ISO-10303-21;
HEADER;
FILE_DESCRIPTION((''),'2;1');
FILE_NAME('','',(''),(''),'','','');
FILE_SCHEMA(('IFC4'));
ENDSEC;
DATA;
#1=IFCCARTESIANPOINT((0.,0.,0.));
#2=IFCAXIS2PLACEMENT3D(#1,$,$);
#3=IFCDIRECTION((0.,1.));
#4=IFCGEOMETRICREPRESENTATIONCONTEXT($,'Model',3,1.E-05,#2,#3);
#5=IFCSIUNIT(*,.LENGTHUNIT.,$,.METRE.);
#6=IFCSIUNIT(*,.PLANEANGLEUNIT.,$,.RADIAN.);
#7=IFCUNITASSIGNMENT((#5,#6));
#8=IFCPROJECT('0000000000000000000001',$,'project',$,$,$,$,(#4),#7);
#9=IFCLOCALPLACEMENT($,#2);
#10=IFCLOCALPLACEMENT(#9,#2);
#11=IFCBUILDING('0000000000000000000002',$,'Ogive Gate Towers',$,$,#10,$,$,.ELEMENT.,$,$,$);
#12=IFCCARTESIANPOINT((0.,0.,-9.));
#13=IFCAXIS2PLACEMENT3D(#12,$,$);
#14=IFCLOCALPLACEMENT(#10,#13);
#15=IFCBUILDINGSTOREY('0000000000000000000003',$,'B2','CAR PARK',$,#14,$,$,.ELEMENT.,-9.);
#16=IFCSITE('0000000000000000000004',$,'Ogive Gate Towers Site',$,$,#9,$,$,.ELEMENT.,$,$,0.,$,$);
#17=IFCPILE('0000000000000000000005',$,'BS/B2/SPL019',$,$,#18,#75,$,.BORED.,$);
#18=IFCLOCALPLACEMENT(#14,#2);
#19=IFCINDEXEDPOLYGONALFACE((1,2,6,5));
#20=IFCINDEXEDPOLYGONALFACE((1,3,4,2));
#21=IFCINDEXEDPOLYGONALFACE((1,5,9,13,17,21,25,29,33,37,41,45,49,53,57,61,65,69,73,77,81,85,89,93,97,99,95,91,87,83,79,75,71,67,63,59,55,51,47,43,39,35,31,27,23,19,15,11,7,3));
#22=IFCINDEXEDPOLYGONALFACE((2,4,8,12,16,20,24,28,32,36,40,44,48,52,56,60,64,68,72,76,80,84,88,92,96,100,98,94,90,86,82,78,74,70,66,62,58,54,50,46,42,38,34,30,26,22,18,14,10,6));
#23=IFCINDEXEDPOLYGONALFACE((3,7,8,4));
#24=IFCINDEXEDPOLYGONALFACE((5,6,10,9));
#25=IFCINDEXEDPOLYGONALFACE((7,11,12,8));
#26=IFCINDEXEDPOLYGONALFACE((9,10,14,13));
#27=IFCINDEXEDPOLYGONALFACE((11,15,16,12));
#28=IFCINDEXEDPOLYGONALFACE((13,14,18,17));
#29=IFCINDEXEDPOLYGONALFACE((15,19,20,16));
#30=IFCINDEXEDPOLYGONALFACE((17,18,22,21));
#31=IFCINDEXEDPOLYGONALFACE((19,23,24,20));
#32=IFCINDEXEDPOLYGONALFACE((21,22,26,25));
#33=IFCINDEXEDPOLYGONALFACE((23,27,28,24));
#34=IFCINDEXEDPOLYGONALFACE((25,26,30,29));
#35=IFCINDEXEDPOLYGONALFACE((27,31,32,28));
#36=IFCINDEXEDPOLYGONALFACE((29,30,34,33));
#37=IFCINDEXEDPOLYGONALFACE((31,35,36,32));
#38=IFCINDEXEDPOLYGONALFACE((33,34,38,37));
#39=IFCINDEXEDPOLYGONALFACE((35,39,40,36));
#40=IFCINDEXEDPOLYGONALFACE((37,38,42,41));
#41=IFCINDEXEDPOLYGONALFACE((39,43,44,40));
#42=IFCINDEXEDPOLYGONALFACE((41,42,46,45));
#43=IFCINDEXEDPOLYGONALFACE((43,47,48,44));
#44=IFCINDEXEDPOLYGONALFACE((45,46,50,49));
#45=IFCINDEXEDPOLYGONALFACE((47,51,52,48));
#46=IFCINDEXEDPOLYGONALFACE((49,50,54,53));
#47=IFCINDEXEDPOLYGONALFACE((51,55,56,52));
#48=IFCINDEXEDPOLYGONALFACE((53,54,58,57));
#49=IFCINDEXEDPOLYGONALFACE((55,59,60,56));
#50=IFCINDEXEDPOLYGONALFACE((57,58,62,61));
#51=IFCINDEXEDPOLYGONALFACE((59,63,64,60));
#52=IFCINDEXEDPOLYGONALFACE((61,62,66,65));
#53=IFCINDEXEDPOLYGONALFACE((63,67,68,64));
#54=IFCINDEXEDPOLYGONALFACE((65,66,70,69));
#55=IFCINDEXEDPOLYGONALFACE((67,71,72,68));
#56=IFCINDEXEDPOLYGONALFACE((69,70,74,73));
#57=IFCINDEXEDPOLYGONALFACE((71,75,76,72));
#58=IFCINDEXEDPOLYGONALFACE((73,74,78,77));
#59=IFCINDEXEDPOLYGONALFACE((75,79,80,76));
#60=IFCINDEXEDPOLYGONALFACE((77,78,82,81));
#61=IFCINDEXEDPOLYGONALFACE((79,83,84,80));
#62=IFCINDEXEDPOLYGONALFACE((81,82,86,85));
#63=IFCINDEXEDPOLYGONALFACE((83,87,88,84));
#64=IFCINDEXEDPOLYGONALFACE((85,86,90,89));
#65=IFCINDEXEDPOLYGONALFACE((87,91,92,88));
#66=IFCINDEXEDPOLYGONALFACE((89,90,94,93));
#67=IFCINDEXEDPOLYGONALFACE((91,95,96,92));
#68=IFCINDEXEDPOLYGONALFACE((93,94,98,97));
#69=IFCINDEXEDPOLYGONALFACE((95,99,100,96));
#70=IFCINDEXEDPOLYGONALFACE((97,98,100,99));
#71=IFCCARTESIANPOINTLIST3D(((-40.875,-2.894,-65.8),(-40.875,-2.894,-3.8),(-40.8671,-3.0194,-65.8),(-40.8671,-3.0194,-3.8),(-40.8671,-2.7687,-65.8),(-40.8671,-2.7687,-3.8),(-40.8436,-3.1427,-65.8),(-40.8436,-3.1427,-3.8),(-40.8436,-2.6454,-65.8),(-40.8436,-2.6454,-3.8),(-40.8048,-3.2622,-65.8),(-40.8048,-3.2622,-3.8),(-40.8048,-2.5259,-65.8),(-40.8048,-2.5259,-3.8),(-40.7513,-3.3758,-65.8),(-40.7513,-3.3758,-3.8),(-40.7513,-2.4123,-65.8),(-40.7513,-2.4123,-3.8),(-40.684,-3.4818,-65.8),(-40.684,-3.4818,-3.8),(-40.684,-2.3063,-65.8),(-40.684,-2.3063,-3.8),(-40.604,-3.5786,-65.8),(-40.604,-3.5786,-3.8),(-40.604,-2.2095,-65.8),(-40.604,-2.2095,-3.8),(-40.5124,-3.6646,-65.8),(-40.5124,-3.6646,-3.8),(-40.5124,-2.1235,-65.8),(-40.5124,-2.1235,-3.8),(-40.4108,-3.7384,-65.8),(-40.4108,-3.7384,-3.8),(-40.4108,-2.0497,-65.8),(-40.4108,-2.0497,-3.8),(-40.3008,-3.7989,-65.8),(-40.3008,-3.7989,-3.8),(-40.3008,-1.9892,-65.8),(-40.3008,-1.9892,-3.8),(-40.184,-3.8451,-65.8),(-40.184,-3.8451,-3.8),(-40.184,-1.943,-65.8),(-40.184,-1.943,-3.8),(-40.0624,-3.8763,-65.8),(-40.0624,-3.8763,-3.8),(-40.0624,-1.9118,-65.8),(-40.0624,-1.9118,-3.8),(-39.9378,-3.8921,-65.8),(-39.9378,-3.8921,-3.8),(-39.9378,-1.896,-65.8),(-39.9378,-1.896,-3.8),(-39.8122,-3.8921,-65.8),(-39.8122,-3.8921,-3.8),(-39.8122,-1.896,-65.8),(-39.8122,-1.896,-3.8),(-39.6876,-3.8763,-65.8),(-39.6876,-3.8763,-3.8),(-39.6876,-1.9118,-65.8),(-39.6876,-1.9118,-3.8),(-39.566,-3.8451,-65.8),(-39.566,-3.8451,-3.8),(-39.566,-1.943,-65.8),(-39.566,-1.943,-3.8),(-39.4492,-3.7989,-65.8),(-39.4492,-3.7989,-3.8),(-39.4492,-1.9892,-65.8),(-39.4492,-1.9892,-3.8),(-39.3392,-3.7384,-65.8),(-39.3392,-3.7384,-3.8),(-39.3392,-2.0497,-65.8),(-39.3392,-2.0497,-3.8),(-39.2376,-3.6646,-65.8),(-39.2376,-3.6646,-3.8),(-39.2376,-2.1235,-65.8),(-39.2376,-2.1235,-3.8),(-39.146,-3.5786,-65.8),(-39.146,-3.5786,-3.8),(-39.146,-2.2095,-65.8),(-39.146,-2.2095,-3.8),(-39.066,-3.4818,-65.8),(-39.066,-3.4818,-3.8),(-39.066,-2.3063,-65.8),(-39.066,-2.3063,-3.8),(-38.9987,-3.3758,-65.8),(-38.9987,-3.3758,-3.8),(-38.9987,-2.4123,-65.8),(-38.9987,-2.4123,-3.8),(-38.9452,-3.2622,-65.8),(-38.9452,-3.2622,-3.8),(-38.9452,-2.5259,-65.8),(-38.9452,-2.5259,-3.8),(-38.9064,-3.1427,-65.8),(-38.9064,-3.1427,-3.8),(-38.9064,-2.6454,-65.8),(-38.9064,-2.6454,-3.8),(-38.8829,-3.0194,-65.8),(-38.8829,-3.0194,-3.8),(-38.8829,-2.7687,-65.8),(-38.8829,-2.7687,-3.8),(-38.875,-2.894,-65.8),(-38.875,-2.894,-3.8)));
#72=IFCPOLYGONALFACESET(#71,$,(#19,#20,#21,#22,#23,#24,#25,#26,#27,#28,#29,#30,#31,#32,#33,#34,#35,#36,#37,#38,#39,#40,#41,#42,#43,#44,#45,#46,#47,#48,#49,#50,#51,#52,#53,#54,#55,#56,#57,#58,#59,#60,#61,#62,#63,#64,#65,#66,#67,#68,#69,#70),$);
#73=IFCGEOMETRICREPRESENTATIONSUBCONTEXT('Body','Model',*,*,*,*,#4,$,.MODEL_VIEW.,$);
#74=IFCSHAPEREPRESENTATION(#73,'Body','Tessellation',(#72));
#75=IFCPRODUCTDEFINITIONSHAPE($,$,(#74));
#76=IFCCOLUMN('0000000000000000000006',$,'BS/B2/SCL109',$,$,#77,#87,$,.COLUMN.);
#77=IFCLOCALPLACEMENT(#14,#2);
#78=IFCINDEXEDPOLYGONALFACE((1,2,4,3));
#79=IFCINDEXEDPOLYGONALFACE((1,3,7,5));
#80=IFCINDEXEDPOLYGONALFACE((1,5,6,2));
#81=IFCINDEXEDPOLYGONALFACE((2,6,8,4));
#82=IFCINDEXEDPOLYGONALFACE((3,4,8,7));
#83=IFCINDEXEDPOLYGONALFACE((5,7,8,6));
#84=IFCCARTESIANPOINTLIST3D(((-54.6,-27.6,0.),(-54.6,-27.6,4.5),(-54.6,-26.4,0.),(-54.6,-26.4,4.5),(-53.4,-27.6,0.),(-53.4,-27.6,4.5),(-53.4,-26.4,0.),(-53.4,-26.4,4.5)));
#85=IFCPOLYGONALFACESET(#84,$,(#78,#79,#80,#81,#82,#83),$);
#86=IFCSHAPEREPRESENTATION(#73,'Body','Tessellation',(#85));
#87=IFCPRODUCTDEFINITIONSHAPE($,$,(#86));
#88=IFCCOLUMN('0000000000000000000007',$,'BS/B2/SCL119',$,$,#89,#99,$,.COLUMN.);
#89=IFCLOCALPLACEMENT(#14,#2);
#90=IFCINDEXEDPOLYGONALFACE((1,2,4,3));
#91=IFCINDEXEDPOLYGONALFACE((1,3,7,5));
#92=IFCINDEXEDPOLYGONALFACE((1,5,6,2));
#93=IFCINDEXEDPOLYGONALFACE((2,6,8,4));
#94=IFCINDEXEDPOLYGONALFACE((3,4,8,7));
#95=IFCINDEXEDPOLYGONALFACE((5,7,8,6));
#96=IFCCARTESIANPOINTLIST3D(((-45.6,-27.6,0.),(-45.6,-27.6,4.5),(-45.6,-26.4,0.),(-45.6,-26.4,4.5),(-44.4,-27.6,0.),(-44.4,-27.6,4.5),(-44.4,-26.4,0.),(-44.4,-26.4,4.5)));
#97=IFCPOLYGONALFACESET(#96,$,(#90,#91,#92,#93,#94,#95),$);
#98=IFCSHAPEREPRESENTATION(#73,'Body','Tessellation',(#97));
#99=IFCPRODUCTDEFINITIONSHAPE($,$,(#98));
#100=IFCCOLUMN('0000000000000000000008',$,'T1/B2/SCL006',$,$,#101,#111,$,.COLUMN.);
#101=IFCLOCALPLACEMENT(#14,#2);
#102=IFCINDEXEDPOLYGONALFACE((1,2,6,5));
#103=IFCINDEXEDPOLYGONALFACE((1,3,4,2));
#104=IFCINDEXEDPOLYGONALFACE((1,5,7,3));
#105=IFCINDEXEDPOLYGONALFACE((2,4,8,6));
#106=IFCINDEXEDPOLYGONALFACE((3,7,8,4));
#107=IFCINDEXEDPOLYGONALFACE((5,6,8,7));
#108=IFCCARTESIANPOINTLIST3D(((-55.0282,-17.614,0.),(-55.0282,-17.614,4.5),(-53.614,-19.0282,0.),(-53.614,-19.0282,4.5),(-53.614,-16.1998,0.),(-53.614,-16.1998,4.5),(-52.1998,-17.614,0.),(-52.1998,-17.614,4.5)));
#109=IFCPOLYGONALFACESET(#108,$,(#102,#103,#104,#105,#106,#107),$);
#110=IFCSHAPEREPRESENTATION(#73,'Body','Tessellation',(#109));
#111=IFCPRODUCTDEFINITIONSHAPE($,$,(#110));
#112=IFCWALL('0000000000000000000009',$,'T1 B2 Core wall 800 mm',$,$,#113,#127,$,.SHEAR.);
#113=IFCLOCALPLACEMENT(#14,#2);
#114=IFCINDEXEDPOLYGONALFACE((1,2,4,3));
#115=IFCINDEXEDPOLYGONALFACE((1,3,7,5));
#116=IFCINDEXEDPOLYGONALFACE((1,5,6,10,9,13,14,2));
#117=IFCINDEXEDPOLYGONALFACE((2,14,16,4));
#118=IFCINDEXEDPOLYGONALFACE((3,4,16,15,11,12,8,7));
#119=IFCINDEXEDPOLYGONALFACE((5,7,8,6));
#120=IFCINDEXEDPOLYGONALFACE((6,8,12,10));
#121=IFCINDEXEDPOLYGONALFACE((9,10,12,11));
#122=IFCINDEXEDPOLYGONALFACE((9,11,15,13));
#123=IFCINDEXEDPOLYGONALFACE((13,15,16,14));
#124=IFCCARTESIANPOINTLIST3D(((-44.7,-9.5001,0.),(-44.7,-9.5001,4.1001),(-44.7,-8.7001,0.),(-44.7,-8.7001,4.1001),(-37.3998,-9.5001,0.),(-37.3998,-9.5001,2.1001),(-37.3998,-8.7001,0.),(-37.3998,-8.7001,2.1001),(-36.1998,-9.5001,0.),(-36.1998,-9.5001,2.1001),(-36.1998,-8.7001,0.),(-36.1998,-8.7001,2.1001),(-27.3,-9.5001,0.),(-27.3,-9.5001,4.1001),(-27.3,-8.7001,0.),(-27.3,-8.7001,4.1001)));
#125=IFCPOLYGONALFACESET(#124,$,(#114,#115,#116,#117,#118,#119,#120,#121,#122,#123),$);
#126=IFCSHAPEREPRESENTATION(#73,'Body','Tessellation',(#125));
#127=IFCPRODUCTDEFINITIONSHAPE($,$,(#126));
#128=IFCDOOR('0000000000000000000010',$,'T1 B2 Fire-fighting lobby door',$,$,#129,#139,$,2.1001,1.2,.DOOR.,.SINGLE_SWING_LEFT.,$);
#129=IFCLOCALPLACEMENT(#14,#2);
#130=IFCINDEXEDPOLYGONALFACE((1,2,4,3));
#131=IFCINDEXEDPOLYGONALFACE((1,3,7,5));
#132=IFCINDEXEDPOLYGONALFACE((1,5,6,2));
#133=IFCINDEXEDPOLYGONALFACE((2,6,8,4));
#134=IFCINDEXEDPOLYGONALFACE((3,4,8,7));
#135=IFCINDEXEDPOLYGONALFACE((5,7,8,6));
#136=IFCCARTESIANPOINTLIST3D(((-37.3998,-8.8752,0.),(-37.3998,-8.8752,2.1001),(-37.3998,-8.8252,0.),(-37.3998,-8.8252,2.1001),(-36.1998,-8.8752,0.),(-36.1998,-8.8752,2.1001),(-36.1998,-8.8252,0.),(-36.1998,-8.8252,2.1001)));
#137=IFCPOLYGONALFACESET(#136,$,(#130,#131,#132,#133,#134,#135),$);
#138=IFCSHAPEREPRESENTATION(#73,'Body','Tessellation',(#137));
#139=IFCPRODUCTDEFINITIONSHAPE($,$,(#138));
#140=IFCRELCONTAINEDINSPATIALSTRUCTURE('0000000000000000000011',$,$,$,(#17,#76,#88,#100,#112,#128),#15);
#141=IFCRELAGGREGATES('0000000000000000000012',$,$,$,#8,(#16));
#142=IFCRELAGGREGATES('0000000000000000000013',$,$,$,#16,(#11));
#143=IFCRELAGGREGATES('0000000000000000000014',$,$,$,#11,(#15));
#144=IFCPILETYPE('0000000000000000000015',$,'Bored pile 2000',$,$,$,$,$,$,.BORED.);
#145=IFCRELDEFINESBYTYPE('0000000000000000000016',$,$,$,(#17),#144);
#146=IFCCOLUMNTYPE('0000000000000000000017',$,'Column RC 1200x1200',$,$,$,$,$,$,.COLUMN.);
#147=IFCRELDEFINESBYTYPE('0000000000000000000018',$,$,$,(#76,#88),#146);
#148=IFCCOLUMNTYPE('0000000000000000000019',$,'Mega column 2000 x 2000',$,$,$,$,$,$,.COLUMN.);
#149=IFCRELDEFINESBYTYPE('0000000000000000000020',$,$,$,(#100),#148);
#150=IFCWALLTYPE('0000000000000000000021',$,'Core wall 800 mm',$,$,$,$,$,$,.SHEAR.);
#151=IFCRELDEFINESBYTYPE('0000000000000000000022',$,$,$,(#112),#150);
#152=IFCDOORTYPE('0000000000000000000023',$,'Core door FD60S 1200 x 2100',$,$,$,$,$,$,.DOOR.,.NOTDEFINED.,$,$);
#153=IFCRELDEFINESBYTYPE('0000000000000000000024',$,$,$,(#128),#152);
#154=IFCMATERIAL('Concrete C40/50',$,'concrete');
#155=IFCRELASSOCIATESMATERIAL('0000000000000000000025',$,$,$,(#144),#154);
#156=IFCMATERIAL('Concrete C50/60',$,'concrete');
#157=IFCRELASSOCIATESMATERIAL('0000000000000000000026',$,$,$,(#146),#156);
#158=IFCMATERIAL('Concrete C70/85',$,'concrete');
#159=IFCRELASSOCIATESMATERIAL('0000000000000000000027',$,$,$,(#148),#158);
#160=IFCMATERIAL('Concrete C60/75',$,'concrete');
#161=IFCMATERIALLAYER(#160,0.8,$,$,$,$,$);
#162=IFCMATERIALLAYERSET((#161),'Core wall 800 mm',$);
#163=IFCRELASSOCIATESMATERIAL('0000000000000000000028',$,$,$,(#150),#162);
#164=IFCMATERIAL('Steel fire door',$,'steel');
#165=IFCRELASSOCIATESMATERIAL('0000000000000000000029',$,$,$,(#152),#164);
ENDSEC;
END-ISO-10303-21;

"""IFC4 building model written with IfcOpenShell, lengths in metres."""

from ifc_helpers import new_model, si_unit, direction, frame, frame_2d, origin, origin_2d, place, context, subcontext, project, spatial, rectangle, circle, extrude, material, layer, layer_set, material_profile, profile_set, type_object, element, fill, save


model = new_model("IFC4")

# Units and contexts
model_context = context("Model", 3, precision=1e-05, world=origin(), true_north=direction((0.0, 1.0)))
body_context = subcontext(model_context, "Body", "Model", "MODEL_VIEW")
ifc_project = project(units=[si_unit("LENGTHUNIT", "METRE"), si_unit("PLANEANGLEUNIT", "RADIAN")], contexts=[model_context])

# Site, building, storey
site_placement = place(None, origin())
site = spatial("IfcSite", under=ifc_project, at=site_placement, Name="Ogive Gate Towers Site", CompositionType="ELEMENT", RefElevation=0.0)
building_placement = place(site_placement, origin())
building = spatial("IfcBuilding", under=site, at=building_placement, Name="Ogive Gate Towers", CompositionType="ELEMENT")
storey_placement = place(building_placement, frame((0.0, 0.0, -9.0)))
storey = spatial("IfcBuildingStorey", under=building, at=storey_placement, Name="B2", Description="CAR PARK", CompositionType="ELEMENT", Elevation=-9.0)

# Pile
ifc_material_1 = material(Name="Concrete C40/50", Category="concrete")
ifc_material_profile_1 = material_profile(ifc_material_1, circle(Radius=1.0, at=origin_2d()), Name="BP 2000")
ifc_profile_set_1 = profile_set([ifc_material_profile_1], Name="Concrete C40/50")
pile_type_1 = type_object("IfcPileType", Name="Bored pile 2000", PredefinedType="BORED", material=ifc_profile_set_1)
for number, where, z_axis, x_axis, name in (
    (1, (-39.875, -2.894, -3.8), (0.0, 0.0, -1.0), (1.0, 0.0, 0.0), "BS/B2/SPL019"),
):
    element("IfcPile", number, at=place(storey_placement, frame(where, z_axis=z_axis, x_axis=x_axis)), inside=storey, type_object=pile_type_1, Name=name, PredefinedType="BORED", context=body_context, shape_type="SweptSolid", body=[
        extrude(circle(Radius=1.0, at=origin_2d()), origin(), (0.0, 0.0, 1.0), 62.0),
    ])

# Columns
ifc_material_2 = material(Name="Concrete C50/60", Category="concrete")
ifc_material_profile_2 = material_profile(ifc_material_2, rectangle(XDim=1.2, YDim=1.2, at=origin_2d()), Name="RC 1200x1200")
ifc_profile_set_2 = profile_set([ifc_material_profile_2], Name="Concrete C50/60")
column_type_1 = type_object("IfcColumnType", Name="Column RC 1200x1200", PredefinedType="COLUMN", material=ifc_profile_set_2)
for number, where, z_axis, x_axis, name in (
    (2, (-54.0, -27.0, 0.0), (0.0, 0.0, 1.0), (1.0, 0.0, 0.0), "BS/B2/SCL109"),
    (3, (-45.0, -27.0, 0.0), (0.0, 0.0, 1.0), (1.0, 0.0, 0.0), "BS/B2/SCL119"),
):
    element("IfcColumn", number, at=place(storey_placement, frame(where, z_axis=z_axis, x_axis=x_axis)), inside=storey, type_object=column_type_1, Name=name, PredefinedType="COLUMN", context=body_context, shape_type="SweptSolid", body=[
        extrude(rectangle(XDim=1.2, YDim=1.2, at=origin_2d()), origin(), (0.0, 0.0, 1.0), 4.5),
    ])
ifc_material_3 = material(Name="Concrete C70/85", Category="concrete")
ifc_material_profile_3 = material_profile(ifc_material_3, rectangle(XDim=2.0, YDim=2.0, at=origin_2d()), Name="RC 2000x2000")
ifc_profile_set_3 = profile_set([ifc_material_profile_3], Name="Concrete C70/85")
column_type_2 = type_object("IfcColumnType", Name="Mega column 2000 x 2000", PredefinedType="COLUMN", material=ifc_profile_set_3)
column_placement = place(storey_placement, frame((-53.614, -17.614, 0.0), z_axis=(0.0, 0.0, 1.0), x_axis=(-0.707107, -0.707107, 0.0)))
element("IfcColumn", 4, at=column_placement, inside=storey, type_object=column_type_2, Name="T1/B2/SCL006", PredefinedType="COLUMN", context=body_context, shape_type="SweptSolid", body=[
    extrude(rectangle(XDim=2.0, YDim=2.0, at=origin_2d()), origin(), (0.0, 0.0, 1.0), 4.5),
])

# Wall, opening, door
ifc_material_4 = material(Name="Concrete C60/75", Category="concrete")
ifc_layer_1 = layer(ifc_material_4, 0.8)
ifc_layer_set_1 = layer_set([ifc_layer_1], Name="Core wall 800 mm")
wall_type_1 = type_object("IfcWallType", Name="Core wall 800 mm", PredefinedType="SHEAR", material=ifc_layer_set_1)
wall_1_placement = place(storey_placement, frame((-44.7, -9.1001, 0.0), z_axis=(0.0, 0.0, 1.0), x_axis=(1.0, 0.0, 0.0)))
wall_1 = element("IfcWall", 5, at=wall_1_placement, inside=storey, type_object=wall_type_1, Name="T1 B2 Core wall 800 mm", PredefinedType="SHEAR", context=body_context, shape_type="SweptSolid", body=[
    extrude(rectangle(XDim=17.3999, YDim=0.8, at=frame_2d((8.7, 0.0))), origin(), (0.0, 0.0, 1.0), 4.1001),
])
opening_1_placement = place(wall_1_placement, frame((7.3, 0.0, 0.0)))
opening_1 = element("IfcOpeningElement", 6, at=opening_1_placement, cuts=wall_1, PredefinedType="OPENING", context=body_context, shape_type="SweptSolid", body=[
    extrude(rectangle(XDim=1.2, YDim=2.1001, at=frame_2d((0.6001, 1.05))), frame((0.0, 0.4102, 0.0), z_axis=(0.0, -1.0, 0.0), x_axis=(1.0, 0.0, 0.0)), (0.0, 0.0, 1.0), 0.8201),
])
ifc_material_5 = material(Name="Steel fire door", Category="steel")
door_type_1 = type_object("IfcDoorType", Name="Core door FD60S 1200 x 2100", OperationType="NOTDEFINED", PredefinedType="DOOR", material=ifc_material_5)
door_1_placement = place(opening_1_placement, origin())
door_1 = element("IfcDoor", 7, at=door_1_placement, inside=storey, type_object=door_type_1, Name="T1 B2 Fire-fighting lobby door", OperationType="SINGLE_SWING_LEFT", OverallHeight=2.1001, OverallWidth=1.2, PredefinedType="DOOR", context=body_context, shape_type="SweptSolid", body=[
    extrude(rectangle(XDim=1.2, YDim=2.1001, at=frame_2d((0.6001, 1.05))), frame((0.0, 0.2749, 0.0), z_axis=(0.0, -1.0, 0.0), x_axis=(1.0, 0.0, 0.0)), (0.0, 0.0, 1.0), 0.05),
])
fill(opening_1, door_1)

save(model, "model.ifc")
